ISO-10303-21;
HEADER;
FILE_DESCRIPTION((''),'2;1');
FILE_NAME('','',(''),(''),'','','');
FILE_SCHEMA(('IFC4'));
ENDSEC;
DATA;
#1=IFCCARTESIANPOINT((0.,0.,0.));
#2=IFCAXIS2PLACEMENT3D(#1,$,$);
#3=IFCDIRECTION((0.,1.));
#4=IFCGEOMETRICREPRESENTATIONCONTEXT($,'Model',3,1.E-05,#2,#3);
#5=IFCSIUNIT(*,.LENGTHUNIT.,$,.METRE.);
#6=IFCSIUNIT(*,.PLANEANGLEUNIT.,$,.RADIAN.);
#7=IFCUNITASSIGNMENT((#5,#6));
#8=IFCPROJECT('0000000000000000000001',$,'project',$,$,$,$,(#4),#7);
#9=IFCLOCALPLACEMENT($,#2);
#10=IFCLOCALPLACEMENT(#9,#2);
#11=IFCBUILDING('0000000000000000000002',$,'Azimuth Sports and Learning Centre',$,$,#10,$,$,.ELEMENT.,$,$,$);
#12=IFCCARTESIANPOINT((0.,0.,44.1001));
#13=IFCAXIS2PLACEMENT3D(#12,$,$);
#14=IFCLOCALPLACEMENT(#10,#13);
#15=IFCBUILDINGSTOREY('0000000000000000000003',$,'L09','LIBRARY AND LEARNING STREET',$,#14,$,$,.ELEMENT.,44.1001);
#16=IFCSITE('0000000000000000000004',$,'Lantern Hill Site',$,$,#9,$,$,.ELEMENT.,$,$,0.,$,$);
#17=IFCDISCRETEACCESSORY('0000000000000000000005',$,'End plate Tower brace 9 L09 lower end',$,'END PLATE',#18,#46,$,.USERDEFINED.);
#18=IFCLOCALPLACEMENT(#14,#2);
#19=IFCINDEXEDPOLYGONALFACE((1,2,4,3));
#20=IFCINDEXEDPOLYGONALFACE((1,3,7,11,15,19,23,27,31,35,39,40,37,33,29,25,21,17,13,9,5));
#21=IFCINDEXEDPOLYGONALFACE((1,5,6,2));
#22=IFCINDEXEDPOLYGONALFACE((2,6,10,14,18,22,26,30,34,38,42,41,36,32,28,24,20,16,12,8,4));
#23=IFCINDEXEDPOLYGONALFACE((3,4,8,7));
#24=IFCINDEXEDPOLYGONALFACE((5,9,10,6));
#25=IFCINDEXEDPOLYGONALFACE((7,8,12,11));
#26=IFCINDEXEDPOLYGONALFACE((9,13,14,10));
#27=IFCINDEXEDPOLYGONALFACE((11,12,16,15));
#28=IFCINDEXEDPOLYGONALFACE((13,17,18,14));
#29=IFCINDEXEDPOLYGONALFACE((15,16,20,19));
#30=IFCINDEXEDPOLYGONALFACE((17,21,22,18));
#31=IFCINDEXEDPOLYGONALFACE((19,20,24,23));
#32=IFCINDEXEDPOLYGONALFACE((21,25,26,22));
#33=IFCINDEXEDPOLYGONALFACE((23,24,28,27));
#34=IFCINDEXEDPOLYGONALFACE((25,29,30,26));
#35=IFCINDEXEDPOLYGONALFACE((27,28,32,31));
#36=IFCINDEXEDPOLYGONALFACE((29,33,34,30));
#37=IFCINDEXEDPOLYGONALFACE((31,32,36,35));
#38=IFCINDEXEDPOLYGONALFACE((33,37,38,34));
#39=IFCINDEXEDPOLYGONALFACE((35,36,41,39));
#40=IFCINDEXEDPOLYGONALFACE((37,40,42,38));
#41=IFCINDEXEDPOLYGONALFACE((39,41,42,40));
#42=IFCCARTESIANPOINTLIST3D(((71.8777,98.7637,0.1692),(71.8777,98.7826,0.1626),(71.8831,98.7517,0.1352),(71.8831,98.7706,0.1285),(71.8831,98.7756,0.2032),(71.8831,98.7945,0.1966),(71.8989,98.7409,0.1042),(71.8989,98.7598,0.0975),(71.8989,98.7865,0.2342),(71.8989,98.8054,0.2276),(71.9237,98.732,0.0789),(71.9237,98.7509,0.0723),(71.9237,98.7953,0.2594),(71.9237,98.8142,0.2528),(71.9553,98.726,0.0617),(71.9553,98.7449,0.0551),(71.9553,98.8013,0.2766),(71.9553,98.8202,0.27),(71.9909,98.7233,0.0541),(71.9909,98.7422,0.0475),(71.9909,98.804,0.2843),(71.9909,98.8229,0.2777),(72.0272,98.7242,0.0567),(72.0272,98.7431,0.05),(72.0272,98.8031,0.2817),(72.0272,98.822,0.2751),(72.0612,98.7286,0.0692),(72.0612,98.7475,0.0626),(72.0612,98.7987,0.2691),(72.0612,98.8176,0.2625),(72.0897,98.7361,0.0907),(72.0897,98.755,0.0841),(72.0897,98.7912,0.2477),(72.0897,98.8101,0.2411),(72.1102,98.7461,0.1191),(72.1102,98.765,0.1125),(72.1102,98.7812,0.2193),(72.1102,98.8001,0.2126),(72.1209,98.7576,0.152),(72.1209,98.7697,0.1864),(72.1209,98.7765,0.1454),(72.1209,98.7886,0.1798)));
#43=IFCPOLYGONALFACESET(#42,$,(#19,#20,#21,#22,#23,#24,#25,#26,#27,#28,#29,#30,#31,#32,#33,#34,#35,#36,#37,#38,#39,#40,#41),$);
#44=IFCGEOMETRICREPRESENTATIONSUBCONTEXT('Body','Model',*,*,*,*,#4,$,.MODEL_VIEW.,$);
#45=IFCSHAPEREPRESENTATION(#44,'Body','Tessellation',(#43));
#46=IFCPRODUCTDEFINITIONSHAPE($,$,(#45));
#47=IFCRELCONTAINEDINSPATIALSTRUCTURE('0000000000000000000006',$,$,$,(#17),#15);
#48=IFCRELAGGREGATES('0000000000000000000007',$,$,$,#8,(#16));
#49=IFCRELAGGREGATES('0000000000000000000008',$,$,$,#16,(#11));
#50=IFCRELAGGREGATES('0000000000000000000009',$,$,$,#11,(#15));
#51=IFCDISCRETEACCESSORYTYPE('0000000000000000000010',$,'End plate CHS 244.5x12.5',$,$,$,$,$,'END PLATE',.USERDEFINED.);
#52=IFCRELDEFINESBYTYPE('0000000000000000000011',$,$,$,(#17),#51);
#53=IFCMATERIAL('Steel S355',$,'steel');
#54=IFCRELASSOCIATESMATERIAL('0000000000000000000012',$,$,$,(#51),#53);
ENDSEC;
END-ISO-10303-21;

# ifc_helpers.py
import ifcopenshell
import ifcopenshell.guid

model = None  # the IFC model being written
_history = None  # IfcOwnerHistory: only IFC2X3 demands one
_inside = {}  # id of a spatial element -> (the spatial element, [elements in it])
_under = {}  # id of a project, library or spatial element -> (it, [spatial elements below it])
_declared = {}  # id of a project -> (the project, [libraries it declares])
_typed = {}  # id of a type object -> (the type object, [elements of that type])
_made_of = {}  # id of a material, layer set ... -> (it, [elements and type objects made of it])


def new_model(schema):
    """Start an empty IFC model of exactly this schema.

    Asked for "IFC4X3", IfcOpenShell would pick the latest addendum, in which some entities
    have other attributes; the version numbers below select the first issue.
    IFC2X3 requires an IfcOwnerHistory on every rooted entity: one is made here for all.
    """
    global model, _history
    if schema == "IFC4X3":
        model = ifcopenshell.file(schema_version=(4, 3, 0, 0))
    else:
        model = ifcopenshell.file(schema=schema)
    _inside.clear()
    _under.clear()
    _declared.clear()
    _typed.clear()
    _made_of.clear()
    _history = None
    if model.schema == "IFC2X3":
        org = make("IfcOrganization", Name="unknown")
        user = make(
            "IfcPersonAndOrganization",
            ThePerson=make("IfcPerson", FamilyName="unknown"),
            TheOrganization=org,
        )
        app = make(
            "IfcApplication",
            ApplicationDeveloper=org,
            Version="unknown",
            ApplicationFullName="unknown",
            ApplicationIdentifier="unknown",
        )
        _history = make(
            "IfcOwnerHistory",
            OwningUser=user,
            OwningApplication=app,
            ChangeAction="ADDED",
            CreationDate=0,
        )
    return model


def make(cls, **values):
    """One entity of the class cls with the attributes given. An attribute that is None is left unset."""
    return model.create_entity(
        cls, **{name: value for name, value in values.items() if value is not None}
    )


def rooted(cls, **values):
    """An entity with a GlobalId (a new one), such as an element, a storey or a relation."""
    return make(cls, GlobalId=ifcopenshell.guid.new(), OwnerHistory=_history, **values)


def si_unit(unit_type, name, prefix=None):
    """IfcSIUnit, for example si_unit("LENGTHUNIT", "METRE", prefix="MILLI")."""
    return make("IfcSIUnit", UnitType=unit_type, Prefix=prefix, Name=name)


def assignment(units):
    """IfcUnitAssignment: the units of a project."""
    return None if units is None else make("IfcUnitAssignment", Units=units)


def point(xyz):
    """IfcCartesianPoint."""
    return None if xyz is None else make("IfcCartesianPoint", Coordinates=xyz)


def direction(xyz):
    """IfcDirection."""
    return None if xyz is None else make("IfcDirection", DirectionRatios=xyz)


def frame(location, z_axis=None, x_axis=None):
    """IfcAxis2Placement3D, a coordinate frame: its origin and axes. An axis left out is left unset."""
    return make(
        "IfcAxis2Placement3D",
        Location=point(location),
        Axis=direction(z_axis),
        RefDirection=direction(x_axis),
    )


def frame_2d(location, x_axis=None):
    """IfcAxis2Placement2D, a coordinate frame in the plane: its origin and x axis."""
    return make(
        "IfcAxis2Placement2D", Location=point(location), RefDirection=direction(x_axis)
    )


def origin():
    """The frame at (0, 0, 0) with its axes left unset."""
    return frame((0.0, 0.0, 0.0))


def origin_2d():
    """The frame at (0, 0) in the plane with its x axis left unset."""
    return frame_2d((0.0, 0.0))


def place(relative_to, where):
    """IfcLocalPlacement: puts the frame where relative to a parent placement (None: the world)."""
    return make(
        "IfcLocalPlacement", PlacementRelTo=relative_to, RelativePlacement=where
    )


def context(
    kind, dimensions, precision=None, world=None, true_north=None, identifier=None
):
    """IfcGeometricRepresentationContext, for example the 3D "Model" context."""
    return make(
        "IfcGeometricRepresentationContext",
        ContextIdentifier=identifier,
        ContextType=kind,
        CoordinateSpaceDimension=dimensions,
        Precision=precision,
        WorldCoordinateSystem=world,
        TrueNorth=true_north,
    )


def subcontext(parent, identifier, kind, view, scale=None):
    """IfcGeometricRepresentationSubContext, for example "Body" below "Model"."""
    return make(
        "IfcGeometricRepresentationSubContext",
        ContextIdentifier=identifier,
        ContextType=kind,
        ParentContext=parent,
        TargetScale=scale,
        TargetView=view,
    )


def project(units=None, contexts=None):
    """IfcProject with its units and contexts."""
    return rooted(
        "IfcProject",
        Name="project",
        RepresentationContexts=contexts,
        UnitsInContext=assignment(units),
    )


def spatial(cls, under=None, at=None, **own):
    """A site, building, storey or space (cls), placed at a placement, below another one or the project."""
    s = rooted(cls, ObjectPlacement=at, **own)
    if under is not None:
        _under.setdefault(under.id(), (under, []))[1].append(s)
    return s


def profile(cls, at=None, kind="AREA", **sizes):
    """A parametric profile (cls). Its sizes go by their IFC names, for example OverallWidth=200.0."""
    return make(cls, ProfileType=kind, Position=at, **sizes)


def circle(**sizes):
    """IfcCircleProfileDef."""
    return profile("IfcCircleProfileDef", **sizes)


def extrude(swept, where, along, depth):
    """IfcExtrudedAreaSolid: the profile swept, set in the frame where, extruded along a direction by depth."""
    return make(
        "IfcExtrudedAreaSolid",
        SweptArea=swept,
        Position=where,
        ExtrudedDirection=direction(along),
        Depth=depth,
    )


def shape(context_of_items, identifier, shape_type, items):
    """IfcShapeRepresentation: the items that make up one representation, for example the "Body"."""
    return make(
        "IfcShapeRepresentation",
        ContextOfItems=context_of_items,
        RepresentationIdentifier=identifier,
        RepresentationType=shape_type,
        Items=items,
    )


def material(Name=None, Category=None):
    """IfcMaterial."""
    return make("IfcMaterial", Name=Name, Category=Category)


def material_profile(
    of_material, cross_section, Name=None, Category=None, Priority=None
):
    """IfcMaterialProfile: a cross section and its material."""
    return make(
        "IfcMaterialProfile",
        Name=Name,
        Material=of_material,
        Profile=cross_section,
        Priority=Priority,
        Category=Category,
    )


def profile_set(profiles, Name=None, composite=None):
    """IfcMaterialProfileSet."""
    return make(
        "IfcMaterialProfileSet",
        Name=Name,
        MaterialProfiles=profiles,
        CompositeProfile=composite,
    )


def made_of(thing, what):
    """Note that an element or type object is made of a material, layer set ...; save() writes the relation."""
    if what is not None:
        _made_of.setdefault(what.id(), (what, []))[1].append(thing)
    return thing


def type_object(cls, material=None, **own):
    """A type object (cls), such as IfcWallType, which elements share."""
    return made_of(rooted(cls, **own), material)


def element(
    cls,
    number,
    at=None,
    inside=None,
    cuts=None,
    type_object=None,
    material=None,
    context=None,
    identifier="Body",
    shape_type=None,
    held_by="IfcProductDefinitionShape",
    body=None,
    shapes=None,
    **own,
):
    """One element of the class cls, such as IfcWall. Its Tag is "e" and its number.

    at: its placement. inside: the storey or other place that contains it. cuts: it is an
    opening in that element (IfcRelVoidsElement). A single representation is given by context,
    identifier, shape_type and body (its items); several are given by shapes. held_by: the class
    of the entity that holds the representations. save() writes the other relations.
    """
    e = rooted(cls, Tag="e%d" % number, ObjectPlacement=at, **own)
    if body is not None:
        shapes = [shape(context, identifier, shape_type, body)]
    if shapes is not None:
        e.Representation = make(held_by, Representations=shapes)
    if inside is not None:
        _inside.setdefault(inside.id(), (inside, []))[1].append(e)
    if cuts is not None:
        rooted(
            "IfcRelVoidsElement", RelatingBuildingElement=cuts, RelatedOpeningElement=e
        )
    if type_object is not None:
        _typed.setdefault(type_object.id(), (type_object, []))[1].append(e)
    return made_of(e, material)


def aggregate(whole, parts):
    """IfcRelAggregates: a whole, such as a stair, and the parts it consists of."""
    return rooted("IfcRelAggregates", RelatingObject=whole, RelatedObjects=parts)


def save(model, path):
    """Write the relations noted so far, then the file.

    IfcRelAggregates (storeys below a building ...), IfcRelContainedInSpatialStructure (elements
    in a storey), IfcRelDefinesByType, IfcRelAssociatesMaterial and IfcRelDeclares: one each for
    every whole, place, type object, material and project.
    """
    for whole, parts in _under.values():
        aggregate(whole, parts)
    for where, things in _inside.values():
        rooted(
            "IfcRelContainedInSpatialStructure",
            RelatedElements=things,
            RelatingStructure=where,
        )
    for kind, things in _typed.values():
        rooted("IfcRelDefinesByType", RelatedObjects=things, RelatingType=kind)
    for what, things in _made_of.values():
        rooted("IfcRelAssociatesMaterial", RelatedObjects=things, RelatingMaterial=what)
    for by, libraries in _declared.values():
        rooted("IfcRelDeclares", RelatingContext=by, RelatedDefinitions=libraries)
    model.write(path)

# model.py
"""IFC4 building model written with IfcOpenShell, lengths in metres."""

from ifc_helpers import new_model, si_unit, direction, frame, origin, origin_2d, place, context, subcontext, project, spatial, circle, extrude, material, material_profile, profile_set, type_object, element, save


model = new_model("IFC4")

# Units and contexts
model_context = context("Model", 3, precision=1e-05, world=origin(), true_north=direction((0.0, 1.0)))
body_context = subcontext(model_context, "Body", "Model", "MODEL_VIEW")
ifc_project = project(units=[si_unit("LENGTHUNIT", "METRE"), si_unit("PLANEANGLEUNIT", "RADIAN")], contexts=[model_context])

# Site, building, storey
site_placement = place(None, origin())
site = spatial("IfcSite", under=ifc_project, at=site_placement, Name="Lantern Hill Site", CompositionType="ELEMENT", RefElevation=0.0)
building_placement = place(site_placement, origin())
building = spatial("IfcBuilding", under=site, at=building_placement, Name="Azimuth Sports and Learning Centre", CompositionType="ELEMENT")
storey_placement = place(building_placement, frame((0.0, 0.0, 44.1001)))
storey = spatial("IfcBuildingStorey", under=building, at=storey_placement, Name="L09", Description="LIBRARY AND LEARNING STREET", CompositionType="ELEMENT", Elevation=44.1001)

# Discrete accessory
ifc_material_1 = material(Name="Steel S355", Category="steel")
ifc_material_profile_1 = material_profile(ifc_material_1, circle(Radius=0.1223, at=origin_2d()), Name="PL 244 DISC")
ifc_profile_set_1 = profile_set([ifc_material_profile_1], Name="Steel S355")
discrete_accessory_type = type_object("IfcDiscreteAccessoryType", Name="End plate CHS 244.5x12.5", ElementType="END PLATE", PredefinedType="USERDEFINED", material=ifc_profile_set_1)
discrete_accessory_placement = place(storey_placement, frame((72.0, 98.7637, 0.1692), z_axis=(0.0, 0.943667, -0.330896), x_axis=(-1.0, 0.0, 0.0)))
element("IfcDiscreteAccessory", 1, at=discrete_accessory_placement, inside=storey, type_object=discrete_accessory_type, Name="End plate Tower brace 9 L09 lower end", ObjectType="END PLATE", PredefinedType="USERDEFINED", context=body_context, shape_type="SweptSolid", body=[
    extrude(circle(Radius=0.1223, at=origin_2d()), origin(), (0.0, 0.0, 1.0), 0.02),
])

save(model, "model.ifc")
